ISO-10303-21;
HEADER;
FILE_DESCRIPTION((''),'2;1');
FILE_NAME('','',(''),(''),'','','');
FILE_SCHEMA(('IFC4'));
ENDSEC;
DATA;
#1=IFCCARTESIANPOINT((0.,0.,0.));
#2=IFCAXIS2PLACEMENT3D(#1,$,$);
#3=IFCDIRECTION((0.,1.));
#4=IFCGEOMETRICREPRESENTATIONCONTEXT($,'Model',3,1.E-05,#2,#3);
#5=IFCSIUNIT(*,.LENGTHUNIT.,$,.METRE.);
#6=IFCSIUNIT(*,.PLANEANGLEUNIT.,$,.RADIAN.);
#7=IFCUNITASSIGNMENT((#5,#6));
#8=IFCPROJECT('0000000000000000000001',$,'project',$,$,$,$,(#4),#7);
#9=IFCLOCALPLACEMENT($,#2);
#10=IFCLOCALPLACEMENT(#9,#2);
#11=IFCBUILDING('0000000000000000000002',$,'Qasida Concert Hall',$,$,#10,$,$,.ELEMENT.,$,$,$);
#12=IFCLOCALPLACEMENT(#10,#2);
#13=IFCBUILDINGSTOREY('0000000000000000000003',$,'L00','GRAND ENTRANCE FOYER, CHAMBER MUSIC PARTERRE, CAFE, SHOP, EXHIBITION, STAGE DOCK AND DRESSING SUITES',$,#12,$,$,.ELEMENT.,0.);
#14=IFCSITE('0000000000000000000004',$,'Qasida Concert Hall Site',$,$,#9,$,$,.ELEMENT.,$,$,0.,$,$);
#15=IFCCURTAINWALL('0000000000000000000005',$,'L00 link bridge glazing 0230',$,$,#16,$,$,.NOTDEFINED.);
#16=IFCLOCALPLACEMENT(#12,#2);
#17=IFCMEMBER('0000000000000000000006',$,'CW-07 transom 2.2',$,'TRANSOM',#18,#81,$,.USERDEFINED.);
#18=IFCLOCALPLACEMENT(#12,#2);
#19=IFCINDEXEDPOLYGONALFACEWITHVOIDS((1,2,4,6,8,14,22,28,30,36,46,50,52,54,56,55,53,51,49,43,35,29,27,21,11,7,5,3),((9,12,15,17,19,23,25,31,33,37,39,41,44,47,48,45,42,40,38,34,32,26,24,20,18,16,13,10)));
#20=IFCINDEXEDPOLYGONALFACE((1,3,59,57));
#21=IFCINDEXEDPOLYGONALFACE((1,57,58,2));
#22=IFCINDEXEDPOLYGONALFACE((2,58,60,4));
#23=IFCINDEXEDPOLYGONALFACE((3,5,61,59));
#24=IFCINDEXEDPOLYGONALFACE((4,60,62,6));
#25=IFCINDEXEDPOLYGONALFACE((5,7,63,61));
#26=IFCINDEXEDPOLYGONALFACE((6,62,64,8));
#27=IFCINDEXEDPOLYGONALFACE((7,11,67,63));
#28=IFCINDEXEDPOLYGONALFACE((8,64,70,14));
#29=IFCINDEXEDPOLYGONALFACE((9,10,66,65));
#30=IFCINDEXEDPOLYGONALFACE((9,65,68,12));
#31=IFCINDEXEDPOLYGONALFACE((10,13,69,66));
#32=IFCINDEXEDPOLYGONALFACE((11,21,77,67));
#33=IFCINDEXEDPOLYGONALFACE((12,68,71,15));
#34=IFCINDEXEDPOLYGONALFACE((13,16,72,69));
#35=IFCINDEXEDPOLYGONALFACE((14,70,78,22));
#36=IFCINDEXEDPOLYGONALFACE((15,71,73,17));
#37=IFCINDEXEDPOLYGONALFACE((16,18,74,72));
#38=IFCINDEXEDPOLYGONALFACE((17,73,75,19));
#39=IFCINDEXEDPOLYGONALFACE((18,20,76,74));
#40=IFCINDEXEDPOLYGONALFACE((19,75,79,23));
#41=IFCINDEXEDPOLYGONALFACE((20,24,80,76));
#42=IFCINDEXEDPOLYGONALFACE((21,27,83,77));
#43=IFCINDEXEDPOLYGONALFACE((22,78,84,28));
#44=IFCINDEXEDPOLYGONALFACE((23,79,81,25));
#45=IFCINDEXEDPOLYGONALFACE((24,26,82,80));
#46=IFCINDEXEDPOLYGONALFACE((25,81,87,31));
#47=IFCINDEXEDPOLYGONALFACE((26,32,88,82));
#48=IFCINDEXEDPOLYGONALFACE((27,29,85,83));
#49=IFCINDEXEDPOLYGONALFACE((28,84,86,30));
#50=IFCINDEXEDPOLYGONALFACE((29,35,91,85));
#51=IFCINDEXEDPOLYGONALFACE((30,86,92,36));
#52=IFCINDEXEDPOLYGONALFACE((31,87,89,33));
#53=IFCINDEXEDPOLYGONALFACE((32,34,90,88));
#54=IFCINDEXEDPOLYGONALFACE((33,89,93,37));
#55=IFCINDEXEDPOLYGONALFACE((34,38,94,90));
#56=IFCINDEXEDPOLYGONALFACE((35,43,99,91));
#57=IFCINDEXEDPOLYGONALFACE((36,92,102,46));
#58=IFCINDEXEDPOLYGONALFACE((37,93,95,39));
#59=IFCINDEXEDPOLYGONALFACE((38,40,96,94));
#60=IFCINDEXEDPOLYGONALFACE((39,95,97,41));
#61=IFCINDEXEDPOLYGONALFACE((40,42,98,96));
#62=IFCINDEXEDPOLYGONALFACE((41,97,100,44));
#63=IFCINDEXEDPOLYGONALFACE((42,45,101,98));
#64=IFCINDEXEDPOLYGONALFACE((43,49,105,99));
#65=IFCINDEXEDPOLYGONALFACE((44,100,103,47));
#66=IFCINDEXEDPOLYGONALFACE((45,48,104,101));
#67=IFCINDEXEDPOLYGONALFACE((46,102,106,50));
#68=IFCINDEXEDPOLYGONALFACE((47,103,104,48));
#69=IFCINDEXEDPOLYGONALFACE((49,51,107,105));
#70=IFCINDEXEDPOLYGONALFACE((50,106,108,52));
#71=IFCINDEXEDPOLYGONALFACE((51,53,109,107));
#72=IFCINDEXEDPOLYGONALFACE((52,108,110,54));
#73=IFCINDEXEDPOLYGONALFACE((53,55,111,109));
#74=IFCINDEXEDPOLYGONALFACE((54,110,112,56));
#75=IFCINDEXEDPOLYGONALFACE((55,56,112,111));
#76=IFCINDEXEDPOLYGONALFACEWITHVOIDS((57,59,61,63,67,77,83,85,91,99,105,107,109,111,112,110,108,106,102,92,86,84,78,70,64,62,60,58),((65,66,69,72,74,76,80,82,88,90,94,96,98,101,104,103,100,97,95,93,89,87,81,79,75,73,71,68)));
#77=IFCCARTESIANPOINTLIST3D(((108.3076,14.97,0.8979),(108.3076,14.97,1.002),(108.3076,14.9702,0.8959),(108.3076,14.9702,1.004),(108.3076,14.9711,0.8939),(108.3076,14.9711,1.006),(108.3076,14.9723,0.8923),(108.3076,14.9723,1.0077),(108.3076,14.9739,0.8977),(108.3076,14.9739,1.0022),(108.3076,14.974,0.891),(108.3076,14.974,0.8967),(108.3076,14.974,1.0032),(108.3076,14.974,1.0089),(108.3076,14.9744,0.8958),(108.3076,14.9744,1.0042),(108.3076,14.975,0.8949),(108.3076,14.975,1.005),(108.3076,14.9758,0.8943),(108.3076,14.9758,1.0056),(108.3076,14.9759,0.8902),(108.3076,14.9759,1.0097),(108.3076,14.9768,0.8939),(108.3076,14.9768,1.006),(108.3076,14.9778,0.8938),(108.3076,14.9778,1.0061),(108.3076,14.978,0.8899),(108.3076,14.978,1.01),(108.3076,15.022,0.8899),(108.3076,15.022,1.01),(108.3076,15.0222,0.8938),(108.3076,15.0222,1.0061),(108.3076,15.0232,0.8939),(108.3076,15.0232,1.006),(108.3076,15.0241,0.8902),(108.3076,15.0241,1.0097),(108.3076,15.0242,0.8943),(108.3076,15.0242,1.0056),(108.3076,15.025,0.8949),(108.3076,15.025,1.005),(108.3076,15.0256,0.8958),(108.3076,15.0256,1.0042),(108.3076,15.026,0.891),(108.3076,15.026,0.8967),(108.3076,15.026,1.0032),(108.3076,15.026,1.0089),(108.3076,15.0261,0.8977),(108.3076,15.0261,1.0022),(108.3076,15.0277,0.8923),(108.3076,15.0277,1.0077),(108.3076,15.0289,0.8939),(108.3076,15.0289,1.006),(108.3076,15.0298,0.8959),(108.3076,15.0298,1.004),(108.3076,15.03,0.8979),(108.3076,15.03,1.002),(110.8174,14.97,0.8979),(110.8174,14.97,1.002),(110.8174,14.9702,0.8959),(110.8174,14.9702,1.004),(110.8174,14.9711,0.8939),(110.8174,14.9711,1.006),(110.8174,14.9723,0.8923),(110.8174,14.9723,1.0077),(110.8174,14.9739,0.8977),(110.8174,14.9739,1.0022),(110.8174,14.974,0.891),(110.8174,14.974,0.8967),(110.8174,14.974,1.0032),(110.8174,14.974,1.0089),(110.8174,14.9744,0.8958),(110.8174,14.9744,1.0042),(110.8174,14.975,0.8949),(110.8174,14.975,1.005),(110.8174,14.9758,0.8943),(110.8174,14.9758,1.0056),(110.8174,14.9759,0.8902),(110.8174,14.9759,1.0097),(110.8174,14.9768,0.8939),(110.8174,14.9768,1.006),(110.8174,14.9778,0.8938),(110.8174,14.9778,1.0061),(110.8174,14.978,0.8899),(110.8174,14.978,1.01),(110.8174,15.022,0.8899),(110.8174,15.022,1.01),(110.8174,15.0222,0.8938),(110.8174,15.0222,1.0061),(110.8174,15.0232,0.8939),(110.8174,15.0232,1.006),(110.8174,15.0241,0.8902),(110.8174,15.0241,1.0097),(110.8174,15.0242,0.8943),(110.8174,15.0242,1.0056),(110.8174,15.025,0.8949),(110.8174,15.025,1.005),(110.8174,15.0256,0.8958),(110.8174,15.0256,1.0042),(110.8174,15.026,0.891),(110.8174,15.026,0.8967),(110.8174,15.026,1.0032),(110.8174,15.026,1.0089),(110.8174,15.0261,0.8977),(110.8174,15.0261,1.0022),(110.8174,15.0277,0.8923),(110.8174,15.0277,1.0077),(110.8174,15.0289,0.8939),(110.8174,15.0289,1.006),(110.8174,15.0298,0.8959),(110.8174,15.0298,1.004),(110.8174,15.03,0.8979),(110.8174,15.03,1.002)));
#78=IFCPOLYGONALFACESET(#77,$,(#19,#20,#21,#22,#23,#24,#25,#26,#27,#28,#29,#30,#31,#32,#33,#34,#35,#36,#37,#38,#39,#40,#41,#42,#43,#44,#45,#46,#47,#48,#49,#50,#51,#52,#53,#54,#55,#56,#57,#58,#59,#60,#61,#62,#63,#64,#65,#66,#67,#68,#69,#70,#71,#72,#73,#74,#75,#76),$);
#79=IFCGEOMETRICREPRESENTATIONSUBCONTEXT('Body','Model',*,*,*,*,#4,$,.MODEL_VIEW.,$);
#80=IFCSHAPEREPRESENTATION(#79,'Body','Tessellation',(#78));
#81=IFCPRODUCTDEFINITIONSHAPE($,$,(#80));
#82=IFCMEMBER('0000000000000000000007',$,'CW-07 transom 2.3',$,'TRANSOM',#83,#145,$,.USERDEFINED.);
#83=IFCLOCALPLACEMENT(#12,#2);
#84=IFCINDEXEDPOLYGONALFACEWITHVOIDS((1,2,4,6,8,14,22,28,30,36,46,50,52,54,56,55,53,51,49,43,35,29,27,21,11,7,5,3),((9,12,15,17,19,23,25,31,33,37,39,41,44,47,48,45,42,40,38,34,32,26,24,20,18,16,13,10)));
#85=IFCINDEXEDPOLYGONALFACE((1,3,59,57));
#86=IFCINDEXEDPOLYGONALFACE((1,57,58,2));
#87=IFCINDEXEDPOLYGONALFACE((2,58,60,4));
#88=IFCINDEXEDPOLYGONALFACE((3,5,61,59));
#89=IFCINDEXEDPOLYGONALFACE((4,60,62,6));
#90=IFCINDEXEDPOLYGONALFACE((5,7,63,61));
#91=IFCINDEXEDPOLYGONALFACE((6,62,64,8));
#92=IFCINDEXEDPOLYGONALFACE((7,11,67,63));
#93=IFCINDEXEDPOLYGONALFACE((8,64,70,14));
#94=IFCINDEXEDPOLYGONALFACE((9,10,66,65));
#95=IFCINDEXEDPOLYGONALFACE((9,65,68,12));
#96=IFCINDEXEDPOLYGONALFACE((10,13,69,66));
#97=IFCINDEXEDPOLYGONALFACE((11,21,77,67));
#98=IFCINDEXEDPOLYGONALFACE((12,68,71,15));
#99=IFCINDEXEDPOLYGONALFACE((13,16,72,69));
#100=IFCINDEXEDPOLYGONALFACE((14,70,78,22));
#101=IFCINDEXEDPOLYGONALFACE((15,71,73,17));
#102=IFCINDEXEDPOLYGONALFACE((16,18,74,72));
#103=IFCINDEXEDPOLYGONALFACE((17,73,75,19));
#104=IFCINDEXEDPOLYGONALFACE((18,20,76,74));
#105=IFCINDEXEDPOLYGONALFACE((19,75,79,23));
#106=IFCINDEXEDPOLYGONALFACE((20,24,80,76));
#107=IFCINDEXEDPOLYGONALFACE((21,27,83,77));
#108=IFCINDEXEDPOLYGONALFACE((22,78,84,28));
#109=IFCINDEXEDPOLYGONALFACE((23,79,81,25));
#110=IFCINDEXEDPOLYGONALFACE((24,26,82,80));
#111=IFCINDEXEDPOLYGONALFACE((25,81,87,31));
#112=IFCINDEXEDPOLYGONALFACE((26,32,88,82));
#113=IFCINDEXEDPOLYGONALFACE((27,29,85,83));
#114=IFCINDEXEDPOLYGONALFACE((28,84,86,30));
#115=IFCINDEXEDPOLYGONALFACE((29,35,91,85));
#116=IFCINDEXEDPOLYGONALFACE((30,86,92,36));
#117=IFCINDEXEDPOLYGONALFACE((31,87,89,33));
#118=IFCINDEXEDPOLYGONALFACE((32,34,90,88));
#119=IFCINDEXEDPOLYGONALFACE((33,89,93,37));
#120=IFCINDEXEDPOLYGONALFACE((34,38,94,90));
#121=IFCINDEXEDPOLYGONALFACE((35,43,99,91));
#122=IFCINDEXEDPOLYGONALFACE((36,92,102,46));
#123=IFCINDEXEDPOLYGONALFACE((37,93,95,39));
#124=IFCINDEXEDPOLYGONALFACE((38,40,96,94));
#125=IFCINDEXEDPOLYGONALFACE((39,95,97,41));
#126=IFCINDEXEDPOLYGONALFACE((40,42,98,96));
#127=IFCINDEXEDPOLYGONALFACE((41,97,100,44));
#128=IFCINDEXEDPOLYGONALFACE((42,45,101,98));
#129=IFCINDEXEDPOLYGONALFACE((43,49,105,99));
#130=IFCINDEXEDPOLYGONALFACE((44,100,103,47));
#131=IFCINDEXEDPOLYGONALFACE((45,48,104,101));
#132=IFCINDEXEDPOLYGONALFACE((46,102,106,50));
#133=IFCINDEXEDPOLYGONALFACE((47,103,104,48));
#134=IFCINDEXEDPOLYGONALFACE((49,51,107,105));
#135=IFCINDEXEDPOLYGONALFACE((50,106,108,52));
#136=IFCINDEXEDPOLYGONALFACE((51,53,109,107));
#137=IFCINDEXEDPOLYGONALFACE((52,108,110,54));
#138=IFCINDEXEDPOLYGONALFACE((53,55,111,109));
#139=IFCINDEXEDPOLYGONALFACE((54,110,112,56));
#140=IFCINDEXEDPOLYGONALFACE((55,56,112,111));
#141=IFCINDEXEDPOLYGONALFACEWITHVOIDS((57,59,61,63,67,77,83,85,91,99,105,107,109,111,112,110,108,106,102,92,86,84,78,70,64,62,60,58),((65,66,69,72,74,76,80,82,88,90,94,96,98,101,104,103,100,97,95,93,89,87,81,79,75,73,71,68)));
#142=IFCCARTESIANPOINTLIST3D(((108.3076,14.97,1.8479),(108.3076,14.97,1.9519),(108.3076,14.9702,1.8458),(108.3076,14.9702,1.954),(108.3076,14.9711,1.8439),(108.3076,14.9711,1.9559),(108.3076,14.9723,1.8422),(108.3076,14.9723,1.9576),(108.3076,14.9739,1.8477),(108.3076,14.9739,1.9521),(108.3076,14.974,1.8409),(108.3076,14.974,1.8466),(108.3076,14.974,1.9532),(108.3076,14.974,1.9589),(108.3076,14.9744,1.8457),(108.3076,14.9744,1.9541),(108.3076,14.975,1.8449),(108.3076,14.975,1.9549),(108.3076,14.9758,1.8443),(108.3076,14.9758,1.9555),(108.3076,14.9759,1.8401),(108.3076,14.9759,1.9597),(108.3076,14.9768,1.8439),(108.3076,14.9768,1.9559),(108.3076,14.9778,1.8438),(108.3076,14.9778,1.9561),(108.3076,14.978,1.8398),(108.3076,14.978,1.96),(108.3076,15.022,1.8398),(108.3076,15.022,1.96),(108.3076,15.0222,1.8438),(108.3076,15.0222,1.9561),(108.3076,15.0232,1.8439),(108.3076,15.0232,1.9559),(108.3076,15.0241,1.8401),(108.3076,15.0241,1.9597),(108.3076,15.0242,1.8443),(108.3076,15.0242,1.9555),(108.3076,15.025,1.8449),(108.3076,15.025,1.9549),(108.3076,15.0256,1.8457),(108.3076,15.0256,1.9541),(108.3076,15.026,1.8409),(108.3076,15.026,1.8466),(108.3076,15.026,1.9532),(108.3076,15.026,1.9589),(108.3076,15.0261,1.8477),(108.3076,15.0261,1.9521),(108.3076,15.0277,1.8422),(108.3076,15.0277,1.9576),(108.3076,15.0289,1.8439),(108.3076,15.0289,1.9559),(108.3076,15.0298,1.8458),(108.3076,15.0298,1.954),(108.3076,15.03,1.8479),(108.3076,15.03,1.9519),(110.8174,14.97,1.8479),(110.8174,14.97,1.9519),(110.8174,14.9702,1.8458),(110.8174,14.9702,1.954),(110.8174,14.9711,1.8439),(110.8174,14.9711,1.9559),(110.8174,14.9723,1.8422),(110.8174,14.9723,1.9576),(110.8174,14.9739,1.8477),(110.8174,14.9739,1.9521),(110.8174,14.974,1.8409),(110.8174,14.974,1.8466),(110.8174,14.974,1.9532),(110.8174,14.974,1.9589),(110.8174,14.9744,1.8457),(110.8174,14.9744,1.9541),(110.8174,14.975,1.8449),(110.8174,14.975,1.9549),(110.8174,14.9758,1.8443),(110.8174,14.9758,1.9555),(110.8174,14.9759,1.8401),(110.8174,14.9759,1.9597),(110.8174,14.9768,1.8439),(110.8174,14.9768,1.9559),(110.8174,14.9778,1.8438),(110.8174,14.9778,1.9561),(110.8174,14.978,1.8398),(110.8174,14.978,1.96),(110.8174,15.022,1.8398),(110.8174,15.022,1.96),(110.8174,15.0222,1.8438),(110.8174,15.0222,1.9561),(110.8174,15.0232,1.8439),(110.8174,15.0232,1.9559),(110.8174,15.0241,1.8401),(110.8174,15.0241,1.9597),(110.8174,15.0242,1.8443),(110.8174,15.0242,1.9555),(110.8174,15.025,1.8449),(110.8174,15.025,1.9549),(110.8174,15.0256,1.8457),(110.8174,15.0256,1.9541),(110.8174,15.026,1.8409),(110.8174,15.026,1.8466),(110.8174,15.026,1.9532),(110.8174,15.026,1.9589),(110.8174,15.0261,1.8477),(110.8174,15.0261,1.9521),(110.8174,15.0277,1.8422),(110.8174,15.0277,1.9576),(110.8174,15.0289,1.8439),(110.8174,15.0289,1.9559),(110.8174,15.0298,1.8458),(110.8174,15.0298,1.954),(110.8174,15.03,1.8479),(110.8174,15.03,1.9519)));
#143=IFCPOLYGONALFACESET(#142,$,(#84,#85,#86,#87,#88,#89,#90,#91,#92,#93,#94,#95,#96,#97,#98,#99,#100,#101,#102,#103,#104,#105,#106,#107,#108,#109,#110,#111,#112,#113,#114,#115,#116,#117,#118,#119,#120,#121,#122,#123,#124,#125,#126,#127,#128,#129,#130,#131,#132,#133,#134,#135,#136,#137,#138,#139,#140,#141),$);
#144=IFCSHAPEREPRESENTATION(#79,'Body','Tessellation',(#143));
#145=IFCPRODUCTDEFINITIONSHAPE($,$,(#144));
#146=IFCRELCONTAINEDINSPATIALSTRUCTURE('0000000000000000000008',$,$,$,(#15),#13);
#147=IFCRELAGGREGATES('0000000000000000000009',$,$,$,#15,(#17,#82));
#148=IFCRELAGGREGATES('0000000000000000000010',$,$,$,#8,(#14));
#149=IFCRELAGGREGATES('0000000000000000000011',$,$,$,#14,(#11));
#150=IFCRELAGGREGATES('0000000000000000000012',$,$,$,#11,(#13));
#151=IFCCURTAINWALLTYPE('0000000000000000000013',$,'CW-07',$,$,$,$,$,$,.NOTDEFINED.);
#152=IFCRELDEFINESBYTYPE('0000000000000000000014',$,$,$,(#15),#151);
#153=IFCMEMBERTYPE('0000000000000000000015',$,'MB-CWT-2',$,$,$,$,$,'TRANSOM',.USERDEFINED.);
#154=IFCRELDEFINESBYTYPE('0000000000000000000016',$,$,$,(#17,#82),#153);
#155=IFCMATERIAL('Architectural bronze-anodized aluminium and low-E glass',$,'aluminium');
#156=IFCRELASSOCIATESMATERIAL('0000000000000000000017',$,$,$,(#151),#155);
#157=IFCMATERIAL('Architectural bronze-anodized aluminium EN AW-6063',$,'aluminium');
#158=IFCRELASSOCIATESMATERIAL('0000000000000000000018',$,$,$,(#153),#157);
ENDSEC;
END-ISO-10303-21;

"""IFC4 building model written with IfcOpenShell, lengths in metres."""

from ifc_helpers import new_model, si_unit, direction, frame, origin, origin_2d, place, context, subcontext, project, spatial, hollow_rectangle, extrude, material, material_profile, profile_set, type_object, element, aggregate, save


model = new_model("IFC4")

# Units and contexts
model_context = context("Model", 3, precision=1e-05, world=origin(), true_north=direction((0.0, 1.0)))
body_context = subcontext(model_context, "Body", "Model", "MODEL_VIEW")
ifc_project = project(units=[si_unit("LENGTHUNIT", "METRE"), si_unit("PLANEANGLEUNIT", "RADIAN")], contexts=[model_context])

# Site, building, storey
site_placement = place(None, origin())
site = spatial("IfcSite", under=ifc_project, at=site_placement, Name="Qasida Concert Hall Site", CompositionType="ELEMENT", RefElevation=0.0)
building_placement = place(site_placement, origin())
building = spatial("IfcBuilding", under=site, at=building_placement, Name="Qasida Concert Hall", CompositionType="ELEMENT")
storey_placement = place(building_placement, origin())
storey = spatial("IfcBuildingStorey", under=building, at=storey_placement, Name="L00", Description="GRAND ENTRANCE FOYER, CHAMBER MUSIC PARTERRE, CAFE, SHOP, EXHIBITION, STAGE DOCK AND DRESSING SUITES", CompositionType="ELEMENT", Elevation=0.0)

# Curtain wall, members
ifc_material_1 = material(Name="Architectural bronze-anodized aluminium and low-E glass", Category="aluminium")
curtain_wall_type = type_object("IfcCurtainWallType", Name="CW-07", PredefinedType="NOTDEFINED", material=ifc_material_1)
curtain_wall_placement = place(storey_placement, origin())
curtain_wall = element("IfcCurtainWall", 1, at=curtain_wall_placement, inside=storey, type_object=curtain_wall_type, Name="L00 link bridge glazing 0230", PredefinedType="NOTDEFINED")
ifc_material_2 = material(Name="Architectural bronze-anodized aluminium EN AW-6063", Category="aluminium")
ifc_material_profile_1 = material_profile(ifc_material_2, hollow_rectangle(XDim=0.0601, YDim=0.1201, WallThickness=0.0039, InnerFilletRadius=0.0039, OuterFilletRadius=0.0081, at=origin_2d()), Name="CWT 120x60x4")
ifc_profile_set_1 = profile_set([ifc_material_profile_1], Name="Architectural bronze-anodized aluminium EN AW-6063")
member_type_1 = type_object("IfcMemberType", Name="MB-CWT-2", ElementType="TRANSOM", PredefinedType="USERDEFINED", material=ifc_profile_set_1)
member_1_placement = place(storey_placement, frame((108.3076, 15.0, 0.95), z_axis=(1.0, 0.0, 0.0), x_axis=(0.0, 1.0, 0.0)))
member_1 = element("IfcMember", 2, at=member_1_placement, type_object=member_type_1, Name="CW-07 transom 2.2", ObjectType="TRANSOM", PredefinedType="USERDEFINED", context=body_context, shape_type="SweptSolid", body=[
    extrude(hollow_rectangle(XDim=0.0601, YDim=0.1201, WallThickness=0.0039, InnerFilletRadius=0.0039, OuterFilletRadius=0.0081, at=origin_2d()), origin(), (0.0, 0.0, 1.0), 2.5098),
])
member_2_placement = place(storey_placement, frame((108.3076, 15.0, 1.8999), z_axis=(1.0, 0.0, 0.0), x_axis=(0.0, 1.0, 0.0)))
member_2 = element("IfcMember", 3, at=member_2_placement, type_object=member_type_1, Name="CW-07 transom 2.3", ObjectType="TRANSOM", PredefinedType="USERDEFINED", context=body_context, shape_type="SweptSolid", body=[
    extrude(hollow_rectangle(XDim=0.0601, YDim=0.1201, WallThickness=0.0039, InnerFilletRadius=0.0039, OuterFilletRadius=0.0081, at=origin_2d()), origin(), (0.0, 0.0, 1.0), 2.5098),
])
aggregate(curtain_wall, [member_1, member_2])

save(model, "model.ifc")
